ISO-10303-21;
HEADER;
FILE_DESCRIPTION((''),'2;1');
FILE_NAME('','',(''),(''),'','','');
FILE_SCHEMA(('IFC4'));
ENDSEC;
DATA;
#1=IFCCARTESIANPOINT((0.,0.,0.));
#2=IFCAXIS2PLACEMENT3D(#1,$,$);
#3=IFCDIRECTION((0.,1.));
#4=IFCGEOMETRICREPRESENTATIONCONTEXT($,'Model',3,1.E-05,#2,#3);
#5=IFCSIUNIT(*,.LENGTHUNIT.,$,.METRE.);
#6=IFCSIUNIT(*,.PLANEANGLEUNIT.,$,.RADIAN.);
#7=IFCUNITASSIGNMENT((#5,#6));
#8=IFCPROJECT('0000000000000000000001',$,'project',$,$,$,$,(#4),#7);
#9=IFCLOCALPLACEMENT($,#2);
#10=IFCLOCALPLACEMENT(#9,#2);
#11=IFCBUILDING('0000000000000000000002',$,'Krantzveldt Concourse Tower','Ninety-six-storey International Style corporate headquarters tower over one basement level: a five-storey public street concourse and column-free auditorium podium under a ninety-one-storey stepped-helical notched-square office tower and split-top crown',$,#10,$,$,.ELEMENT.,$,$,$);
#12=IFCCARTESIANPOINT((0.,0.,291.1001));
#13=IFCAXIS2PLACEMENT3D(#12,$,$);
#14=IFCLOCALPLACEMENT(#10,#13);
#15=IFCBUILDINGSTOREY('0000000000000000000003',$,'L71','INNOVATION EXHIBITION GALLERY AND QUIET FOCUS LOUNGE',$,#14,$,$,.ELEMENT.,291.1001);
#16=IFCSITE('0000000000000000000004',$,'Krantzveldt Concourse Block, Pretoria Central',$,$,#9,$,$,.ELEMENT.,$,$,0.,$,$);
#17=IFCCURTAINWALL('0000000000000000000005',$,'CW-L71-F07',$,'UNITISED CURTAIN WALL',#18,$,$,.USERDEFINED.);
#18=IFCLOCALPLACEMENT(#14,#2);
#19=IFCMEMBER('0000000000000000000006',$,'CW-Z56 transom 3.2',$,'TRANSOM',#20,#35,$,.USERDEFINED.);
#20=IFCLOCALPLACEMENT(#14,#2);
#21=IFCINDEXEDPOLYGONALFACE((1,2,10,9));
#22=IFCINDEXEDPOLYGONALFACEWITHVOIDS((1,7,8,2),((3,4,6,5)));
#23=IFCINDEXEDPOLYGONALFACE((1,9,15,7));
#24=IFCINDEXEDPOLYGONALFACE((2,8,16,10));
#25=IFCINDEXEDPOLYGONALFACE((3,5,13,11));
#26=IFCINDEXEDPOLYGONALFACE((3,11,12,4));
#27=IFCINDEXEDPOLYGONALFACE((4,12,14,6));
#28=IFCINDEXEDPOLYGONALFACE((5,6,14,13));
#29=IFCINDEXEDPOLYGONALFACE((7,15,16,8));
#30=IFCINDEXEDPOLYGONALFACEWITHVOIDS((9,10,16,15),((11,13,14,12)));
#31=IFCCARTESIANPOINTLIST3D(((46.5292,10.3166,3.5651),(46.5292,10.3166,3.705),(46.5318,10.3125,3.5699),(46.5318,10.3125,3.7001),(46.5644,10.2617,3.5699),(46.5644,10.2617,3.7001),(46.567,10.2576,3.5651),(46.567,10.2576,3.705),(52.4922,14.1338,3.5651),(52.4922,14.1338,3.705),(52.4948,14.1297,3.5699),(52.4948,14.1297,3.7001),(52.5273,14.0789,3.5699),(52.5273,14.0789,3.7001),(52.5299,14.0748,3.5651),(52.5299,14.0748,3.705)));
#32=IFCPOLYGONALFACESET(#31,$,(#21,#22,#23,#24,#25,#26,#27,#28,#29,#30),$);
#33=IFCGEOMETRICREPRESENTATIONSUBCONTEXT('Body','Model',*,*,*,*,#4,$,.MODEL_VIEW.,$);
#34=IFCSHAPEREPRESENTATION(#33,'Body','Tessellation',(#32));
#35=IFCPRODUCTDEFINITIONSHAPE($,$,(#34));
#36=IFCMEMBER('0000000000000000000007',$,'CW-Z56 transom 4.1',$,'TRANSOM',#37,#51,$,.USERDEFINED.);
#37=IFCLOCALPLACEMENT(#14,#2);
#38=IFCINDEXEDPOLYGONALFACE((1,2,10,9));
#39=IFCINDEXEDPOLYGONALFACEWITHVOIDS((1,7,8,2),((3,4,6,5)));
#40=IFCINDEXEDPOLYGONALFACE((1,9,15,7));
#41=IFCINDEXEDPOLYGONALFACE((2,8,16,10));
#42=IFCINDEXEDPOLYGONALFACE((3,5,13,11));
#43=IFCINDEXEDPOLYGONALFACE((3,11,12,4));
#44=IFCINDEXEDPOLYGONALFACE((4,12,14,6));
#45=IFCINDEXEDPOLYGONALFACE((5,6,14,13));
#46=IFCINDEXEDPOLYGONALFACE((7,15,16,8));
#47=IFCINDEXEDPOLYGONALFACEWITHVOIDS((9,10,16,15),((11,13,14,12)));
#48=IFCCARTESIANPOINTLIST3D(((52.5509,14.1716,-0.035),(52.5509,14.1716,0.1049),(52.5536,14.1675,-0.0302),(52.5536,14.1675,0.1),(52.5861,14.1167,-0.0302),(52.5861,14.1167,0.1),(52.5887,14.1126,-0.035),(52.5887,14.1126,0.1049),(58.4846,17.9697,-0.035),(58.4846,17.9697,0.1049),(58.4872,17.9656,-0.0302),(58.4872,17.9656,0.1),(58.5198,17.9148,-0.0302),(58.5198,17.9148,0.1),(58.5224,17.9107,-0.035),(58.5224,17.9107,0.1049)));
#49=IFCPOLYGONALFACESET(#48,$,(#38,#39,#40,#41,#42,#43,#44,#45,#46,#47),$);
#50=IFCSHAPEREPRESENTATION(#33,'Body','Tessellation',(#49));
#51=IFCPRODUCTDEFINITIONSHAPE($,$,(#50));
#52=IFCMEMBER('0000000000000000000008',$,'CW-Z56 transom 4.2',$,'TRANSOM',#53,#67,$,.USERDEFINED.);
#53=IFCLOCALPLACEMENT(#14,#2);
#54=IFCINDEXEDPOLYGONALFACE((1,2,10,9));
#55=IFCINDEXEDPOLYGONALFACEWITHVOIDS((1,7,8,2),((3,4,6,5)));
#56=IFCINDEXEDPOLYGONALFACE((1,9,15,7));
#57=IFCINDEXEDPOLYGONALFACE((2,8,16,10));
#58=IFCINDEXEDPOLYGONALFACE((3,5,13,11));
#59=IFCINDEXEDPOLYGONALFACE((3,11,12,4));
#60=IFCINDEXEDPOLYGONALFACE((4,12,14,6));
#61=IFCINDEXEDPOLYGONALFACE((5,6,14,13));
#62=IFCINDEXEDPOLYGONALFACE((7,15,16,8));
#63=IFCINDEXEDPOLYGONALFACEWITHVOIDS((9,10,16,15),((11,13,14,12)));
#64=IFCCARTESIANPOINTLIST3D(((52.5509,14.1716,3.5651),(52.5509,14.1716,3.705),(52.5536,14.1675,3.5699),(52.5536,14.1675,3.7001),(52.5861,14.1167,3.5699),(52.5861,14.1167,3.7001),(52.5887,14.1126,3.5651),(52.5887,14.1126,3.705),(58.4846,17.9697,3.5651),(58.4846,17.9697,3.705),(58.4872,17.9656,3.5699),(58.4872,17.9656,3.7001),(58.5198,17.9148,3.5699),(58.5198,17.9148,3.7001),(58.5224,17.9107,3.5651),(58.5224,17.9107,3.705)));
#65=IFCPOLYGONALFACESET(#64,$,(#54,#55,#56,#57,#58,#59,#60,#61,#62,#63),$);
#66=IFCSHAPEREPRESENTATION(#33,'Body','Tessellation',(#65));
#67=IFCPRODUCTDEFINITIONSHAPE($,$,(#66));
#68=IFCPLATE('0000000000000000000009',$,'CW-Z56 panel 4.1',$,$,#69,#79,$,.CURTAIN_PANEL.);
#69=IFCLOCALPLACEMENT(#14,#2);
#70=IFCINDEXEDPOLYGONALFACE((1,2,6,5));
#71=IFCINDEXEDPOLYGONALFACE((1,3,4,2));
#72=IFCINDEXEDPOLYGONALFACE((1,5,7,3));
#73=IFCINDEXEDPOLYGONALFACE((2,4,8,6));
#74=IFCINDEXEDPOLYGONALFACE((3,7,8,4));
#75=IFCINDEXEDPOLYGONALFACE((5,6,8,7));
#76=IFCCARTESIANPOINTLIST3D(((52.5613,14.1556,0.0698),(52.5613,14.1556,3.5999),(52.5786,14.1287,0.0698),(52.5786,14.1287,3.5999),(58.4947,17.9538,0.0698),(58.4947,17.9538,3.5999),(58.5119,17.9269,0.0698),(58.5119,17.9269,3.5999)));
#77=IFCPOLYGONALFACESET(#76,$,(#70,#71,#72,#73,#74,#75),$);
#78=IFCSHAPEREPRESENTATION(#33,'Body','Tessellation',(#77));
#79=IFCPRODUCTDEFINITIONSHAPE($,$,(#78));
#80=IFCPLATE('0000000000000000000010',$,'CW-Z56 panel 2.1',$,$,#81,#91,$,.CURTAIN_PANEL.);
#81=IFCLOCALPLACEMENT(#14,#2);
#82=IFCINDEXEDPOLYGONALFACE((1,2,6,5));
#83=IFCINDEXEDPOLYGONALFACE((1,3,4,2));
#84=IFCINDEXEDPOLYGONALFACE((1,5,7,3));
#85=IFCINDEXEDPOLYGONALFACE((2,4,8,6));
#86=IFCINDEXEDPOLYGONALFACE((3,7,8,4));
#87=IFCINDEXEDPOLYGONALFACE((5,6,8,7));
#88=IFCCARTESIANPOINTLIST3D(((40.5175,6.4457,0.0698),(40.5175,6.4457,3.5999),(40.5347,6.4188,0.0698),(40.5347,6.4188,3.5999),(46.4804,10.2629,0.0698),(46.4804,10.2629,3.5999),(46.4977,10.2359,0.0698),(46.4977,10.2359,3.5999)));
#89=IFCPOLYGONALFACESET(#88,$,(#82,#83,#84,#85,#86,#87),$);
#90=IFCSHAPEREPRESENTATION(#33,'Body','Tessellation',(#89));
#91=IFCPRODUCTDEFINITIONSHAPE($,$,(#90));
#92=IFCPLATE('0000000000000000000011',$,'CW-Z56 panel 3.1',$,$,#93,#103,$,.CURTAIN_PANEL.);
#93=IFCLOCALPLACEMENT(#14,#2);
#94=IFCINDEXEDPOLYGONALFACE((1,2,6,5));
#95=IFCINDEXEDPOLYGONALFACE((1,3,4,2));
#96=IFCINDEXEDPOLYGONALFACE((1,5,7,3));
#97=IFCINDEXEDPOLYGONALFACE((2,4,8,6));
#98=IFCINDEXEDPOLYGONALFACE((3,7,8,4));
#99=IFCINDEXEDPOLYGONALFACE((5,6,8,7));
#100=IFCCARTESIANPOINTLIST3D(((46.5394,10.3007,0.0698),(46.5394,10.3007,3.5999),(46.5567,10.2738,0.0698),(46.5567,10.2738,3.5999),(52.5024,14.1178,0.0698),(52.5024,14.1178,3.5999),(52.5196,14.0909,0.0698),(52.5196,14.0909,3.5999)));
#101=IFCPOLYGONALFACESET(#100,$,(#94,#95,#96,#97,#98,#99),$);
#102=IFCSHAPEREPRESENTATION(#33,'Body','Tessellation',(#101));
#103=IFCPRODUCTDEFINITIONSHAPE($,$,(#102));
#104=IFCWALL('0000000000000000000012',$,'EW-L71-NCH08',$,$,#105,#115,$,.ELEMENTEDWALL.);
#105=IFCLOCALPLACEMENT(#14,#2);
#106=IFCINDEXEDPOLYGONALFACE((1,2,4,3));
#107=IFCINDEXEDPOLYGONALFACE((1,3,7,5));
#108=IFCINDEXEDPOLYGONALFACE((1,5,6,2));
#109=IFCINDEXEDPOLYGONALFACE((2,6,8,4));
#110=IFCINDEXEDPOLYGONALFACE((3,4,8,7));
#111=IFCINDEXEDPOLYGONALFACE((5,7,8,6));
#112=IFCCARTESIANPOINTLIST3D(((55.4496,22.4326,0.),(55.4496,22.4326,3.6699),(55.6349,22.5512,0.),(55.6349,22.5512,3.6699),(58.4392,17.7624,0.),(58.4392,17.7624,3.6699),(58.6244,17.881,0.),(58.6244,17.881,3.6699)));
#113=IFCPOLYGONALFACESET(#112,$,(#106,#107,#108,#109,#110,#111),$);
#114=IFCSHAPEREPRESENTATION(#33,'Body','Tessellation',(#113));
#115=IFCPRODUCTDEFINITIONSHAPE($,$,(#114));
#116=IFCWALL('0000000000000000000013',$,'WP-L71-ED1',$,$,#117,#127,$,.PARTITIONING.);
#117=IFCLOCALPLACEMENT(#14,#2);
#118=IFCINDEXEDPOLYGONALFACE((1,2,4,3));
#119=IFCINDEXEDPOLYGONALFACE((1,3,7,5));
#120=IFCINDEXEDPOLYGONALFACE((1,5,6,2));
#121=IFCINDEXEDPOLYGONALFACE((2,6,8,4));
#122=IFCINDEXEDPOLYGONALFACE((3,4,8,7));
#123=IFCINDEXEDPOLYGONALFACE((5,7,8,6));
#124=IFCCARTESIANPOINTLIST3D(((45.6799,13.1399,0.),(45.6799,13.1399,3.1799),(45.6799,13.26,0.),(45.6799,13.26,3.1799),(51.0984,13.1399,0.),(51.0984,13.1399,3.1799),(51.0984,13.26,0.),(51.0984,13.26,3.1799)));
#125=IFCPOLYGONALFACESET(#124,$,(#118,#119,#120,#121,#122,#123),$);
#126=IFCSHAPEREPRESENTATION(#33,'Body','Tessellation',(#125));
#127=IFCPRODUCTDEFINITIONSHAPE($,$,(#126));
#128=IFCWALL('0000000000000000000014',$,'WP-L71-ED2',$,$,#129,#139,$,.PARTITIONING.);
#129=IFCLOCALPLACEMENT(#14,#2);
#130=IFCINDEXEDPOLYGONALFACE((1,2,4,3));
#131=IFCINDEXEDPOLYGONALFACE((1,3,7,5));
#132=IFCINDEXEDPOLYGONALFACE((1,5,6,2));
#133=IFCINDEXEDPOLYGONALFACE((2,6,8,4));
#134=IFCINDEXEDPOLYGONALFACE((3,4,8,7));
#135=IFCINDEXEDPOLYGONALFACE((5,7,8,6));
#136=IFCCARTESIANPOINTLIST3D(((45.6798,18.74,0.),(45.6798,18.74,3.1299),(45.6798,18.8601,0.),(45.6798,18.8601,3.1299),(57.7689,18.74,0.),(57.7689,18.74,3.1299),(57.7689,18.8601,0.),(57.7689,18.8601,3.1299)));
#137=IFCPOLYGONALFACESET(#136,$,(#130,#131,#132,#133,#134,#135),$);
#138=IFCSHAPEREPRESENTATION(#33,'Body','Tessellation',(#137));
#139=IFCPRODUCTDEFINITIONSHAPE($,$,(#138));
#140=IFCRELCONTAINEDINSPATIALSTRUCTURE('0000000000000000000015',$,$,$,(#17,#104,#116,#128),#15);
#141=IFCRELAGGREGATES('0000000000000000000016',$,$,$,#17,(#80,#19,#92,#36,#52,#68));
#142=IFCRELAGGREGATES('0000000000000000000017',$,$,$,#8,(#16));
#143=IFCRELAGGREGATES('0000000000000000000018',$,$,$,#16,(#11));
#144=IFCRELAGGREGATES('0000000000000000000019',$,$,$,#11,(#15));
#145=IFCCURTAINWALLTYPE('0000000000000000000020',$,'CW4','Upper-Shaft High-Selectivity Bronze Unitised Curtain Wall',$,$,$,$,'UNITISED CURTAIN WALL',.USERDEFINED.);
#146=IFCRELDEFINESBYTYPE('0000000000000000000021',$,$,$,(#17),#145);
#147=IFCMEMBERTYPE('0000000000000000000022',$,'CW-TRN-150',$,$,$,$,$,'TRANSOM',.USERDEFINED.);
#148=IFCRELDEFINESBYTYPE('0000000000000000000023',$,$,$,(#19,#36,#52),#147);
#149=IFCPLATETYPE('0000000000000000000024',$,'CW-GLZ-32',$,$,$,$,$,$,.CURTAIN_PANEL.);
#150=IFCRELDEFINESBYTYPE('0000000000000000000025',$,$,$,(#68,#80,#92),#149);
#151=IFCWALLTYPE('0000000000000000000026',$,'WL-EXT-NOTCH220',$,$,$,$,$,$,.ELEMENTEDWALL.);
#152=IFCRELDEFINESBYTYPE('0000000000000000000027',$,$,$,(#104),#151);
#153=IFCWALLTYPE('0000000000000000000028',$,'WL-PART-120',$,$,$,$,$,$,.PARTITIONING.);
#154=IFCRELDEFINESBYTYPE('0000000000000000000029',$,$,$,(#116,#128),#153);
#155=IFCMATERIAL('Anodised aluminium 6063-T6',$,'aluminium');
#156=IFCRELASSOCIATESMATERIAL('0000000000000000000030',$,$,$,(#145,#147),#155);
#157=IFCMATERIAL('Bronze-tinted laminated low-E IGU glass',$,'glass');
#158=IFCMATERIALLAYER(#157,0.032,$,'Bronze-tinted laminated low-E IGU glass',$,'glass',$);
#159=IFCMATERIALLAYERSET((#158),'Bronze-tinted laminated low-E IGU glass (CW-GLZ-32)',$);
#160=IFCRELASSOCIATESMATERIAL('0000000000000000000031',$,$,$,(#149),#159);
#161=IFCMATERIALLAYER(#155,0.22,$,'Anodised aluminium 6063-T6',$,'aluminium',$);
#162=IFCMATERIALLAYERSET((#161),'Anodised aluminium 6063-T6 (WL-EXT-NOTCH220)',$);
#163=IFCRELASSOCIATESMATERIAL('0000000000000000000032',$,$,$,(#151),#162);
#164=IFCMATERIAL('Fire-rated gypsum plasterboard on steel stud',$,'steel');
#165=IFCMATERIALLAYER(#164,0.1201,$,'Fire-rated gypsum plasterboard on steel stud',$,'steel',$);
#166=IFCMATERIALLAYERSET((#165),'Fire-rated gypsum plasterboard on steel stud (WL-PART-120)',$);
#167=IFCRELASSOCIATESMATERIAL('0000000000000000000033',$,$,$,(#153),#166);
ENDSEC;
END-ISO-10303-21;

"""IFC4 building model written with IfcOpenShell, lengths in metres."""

from ifc_helpers import new_model, si_unit, direction, frame, frame_2d, origin, origin_2d, place, context, subcontext, project, spatial, rectangle, hollow_rectangle, extrude, source, transform, mapped, material, layer, layer_set, material_profile, profile_set, type_object, type_shapes, element, aggregate, save


model = new_model("IFC4")

# Units and contexts
model_context = context("Model", 3, precision=1e-05, world=origin(), true_north=direction((0.0, 1.0)))
body_context = subcontext(model_context, "Body", "Model", "MODEL_VIEW")
ifc_project = project(units=[si_unit("LENGTHUNIT", "METRE"), si_unit("PLANEANGLEUNIT", "RADIAN")], contexts=[model_context])

# Site, building, storey
site_placement = place(None, origin())
site = spatial("IfcSite", under=ifc_project, at=site_placement, Name="Krantzveldt Concourse Block, Pretoria Central", CompositionType="ELEMENT", RefElevation=0.0)
building_placement = place(site_placement, origin())
building = spatial("IfcBuilding", under=site, at=building_placement, Name="Krantzveldt Concourse Tower", Description="Ninety-six-storey International Style corporate headquarters tower over one basement level: a five-storey public street concourse and column-free auditorium podium under a ninety-one-storey stepped-helical notched-square office tower and split-top crown", CompositionType="ELEMENT")
storey_placement = place(building_placement, frame((0.0, 0.0, 291.1001)))
storey = spatial("IfcBuildingStorey", under=building, at=storey_placement, Name="L71", Description="INNOVATION EXHIBITION GALLERY AND QUIET FOCUS LOUNGE", CompositionType="ELEMENT", Elevation=291.1001)

# Curtain wall, members, plates
ifc_material_1 = material(Name="Anodised aluminium 6063-T6", Category="aluminium")
curtain_wall_type = type_object("IfcCurtainWallType", Name="CW4", Description="Upper-Shaft High-Selectivity Bronze Unitised Curtain Wall", ElementType="UNITISED CURTAIN WALL", PredefinedType="USERDEFINED", material=ifc_material_1)
curtain_wall_placement = place(storey_placement, origin())
curtain_wall = element("IfcCurtainWall", 1, at=curtain_wall_placement, inside=storey, type_object=curtain_wall_type, Name="CW-L71-F07", ObjectType="UNITISED CURTAIN WALL", PredefinedType="USERDEFINED")
ifc_material_profile_1 = material_profile(ifc_material_1, hollow_rectangle(XDim=0.0701, YDim=0.1399, WallThickness=0.0049, at=origin_2d()), Name="Anodised aluminium 6063-T6", Category="aluminium")
ifc_profile_set_1 = profile_set([ifc_material_profile_1], Name="Anodised aluminium 6063-T6 - ALU-TRAN 140x70x5")
member_type_1 = type_object("IfcMemberType", Name="CW-TRN-150", ElementType="TRANSOM", PredefinedType="USERDEFINED", material=ifc_profile_set_1)
shared_shape_1 = source(origin(), body_context, "Body", "SweptSolid", [
    extrude(hollow_rectangle(XDim=0.0701, YDim=0.1399, WallThickness=0.0049, at=origin_2d()), origin(), (0.0, 0.0, 1.0), 7.0801),
])
member_1_placement = place(storey_placement, frame((46.5481, 10.2871, 3.635), z_axis=(0.842214, 0.539143, 0.0), x_axis=(-0.539143, 0.842214, 0.0)))
member_1 = element("IfcMember", 2, at=member_1_placement, type_object=member_type_1, Name="CW-Z56 transom 3.2", ObjectType="TRANSOM", PredefinedType="USERDEFINED", context=body_context, shape_type="MappedRepresentation", body=[
    mapped(shared_shape_1, transform((0.0, 0.0, 0.0), x_axis=(1.0, 0.0, 0.0), y_axis=(0.0, 1.0, 0.0), z_axis=(0.0, 0.0, 1.0), scale=1.0)),
])
shared_shape_2 = source(origin(), body_context, "Body", "SweptSolid", [
    extrude(hollow_rectangle(XDim=0.0701, YDim=0.1399, WallThickness=0.0049, at=origin_2d()), origin(), (0.0, 0.0, 1.0), 7.0452),
])
type_shapes(member_type_1, [shared_shape_1, shared_shape_2])
member_2_placement = place(storey_placement, frame((52.5698, 14.1421, 0.0349), z_axis=(0.842233, 0.539114, 0.0), x_axis=(-0.539114, 0.842233, 0.0)))
member_2 = element("IfcMember", 3, at=member_2_placement, type_object=member_type_1, Name="CW-Z56 transom 4.1", ObjectType="TRANSOM", PredefinedType="USERDEFINED", context=body_context, shape_type="MappedRepresentation", body=[
    mapped(shared_shape_2, transform((0.0, 0.0, 0.0), x_axis=(1.0, 0.0, 0.0), y_axis=(0.0, 1.0, 0.0), z_axis=(0.0, 0.0, 1.0), scale=1.0)),
])
member_3_placement = place(storey_placement, frame((52.5698, 14.1421, 3.635), z_axis=(0.842233, 0.539114, 0.0), x_axis=(-0.539114, 0.842233, 0.0)))
member_3 = element("IfcMember", 4, at=member_3_placement, type_object=member_type_1, Name="CW-Z56 transom 4.2", ObjectType="TRANSOM", PredefinedType="USERDEFINED", context=body_context, shape_type="MappedRepresentation", body=[
    mapped(shared_shape_2, transform((0.0, 0.0, 0.0), x_axis=(1.0, 0.0, 0.0), y_axis=(0.0, 1.0, 0.0), z_axis=(0.0, 0.0, 1.0), scale=1.0)),
])
ifc_material_2 = material(Name="Bronze-tinted laminated low-E IGU glass", Category="glass")
ifc_layer_1 = layer(ifc_material_2, 0.032, Name="Bronze-tinted laminated low-E IGU glass", Category="glass")
ifc_layer_set_1 = layer_set([ifc_layer_1], Name="Bronze-tinted laminated low-E IGU glass (CW-GLZ-32)")
plate_type = type_object("IfcPlateType", Name="CW-GLZ-32", PredefinedType="CURTAIN_PANEL", material=ifc_layer_set_1)
shared_shape_3 = source(origin(), body_context, "Body", "SweptSolid", [
    extrude(rectangle(XDim=7.0449, YDim=0.032, at=origin_2d()), origin(), (0.0, 0.0, 1.0), 3.53),
])
plate_1_placement = place(storey_placement, frame((55.5366, 16.0413, 0.0698), z_axis=(0.0, 0.0, 1.0), x_axis=(0.842217, 0.539138, 0.0)))
plate_1 = element("IfcPlate", 5, at=plate_1_placement, type_object=plate_type, Name="CW-Z56 panel 4.1", PredefinedType="CURTAIN_PANEL", context=body_context, shape_type="MappedRepresentation", body=[
    mapped(shared_shape_3, transform((0.0, 0.0, 0.0), x_axis=(1.0, 0.0, 0.0), y_axis=(0.0, 1.0, 0.0), z_axis=(0.0, 0.0, 1.0), scale=1.0)),
])
shared_shape_4 = source(origin(), body_context, "Body", "SweptSolid", [
    extrude(rectangle(XDim=7.0801, YDim=0.032, at=origin_2d()), origin(), (0.0, 0.0, 1.0), 3.53),
])
type_shapes(plate_type, [shared_shape_3, shared_shape_4])
plate_2_placement = place(storey_placement, frame((43.5076, 8.3408, 0.0698), z_axis=(0.0, 0.0, 1.0), x_axis=(0.842217, 0.539138, 0.0)))
plate_2 = element("IfcPlate", 6, at=plate_2_placement, type_object=plate_type, Name="CW-Z56 panel 2.1", PredefinedType="CURTAIN_PANEL", context=body_context, shape_type="MappedRepresentation", body=[
    mapped(shared_shape_4, transform((0.0, 0.0, 0.0), x_axis=(1.0, 0.0, 0.0), y_axis=(0.0, 1.0, 0.0), z_axis=(0.0, 0.0, 1.0), scale=1.0)),
])
plate_3_placement = place(storey_placement, frame((49.5295, 12.1958, 0.0698), z_axis=(0.0, 0.0, 1.0), x_axis=(0.842217, 0.539138, 0.0)))
plate_3 = element("IfcPlate", 7, at=plate_3_placement, type_object=plate_type, Name="CW-Z56 panel 3.1", PredefinedType="CURTAIN_PANEL", context=body_context, shape_type="MappedRepresentation", body=[
    mapped(shared_shape_4, transform((0.0, 0.0, 0.0), x_axis=(1.0, 0.0, 0.0), y_axis=(0.0, 1.0, 0.0), z_axis=(0.0, 0.0, 1.0), scale=1.0)),
])
aggregate(curtain_wall, [plate_2, member_1, plate_3, member_2, member_3, plate_1])

# Walls
ifc_layer_2 = layer(ifc_material_1, 0.22, Name="Anodised aluminium 6063-T6", Category="aluminium")
ifc_layer_set_2 = layer_set([ifc_layer_2], Name="Anodised aluminium 6063-T6 (WL-EXT-NOTCH220)")
wall_type_1 = type_object("IfcWallType", Name="WL-EXT-NOTCH220", PredefinedType="ELEMENTEDWALL", material=ifc_layer_set_2)
wall_1_placement = place(storey_placement, frame((58.5317, 17.8218, 0.0), z_axis=(0.0, 0.0, 1.0), x_axis=(-0.53913, 0.842223, 0.0)))
element("IfcWall", 8, at=wall_1_placement, inside=storey, type_object=wall_type_1, Name="EW-L71-NCH08", PredefinedType="ELEMENTEDWALL", context=body_context, shape_type="SweptSolid", body=[
    extrude(rectangle(XDim=5.5452, YDim=0.22, at=frame_2d((2.7725, 0.0))), origin(), (0.0, 0.0, 1.0), 3.6699),
])
ifc_material_3 = material(Name="Fire-rated gypsum plasterboard on steel stud", Category="steel")
ifc_layer_3 = layer(ifc_material_3, 0.1201, Name="Fire-rated gypsum plasterboard on steel stud", Category="steel")
ifc_layer_set_3 = layer_set([ifc_layer_3], Name="Fire-rated gypsum plasterboard on steel stud (WL-PART-120)")
wall_type_2 = type_object("IfcWallType", Name="WL-PART-120", PredefinedType="PARTITIONING", material=ifc_layer_set_3)
wall_2_placement = place(storey_placement, frame((45.6799, 13.2, 0.0), z_axis=(0.0, 0.0, 1.0), x_axis=(1.0, 0.0, 0.0)))
element("IfcWall", 9, at=wall_2_placement, inside=storey, type_object=wall_type_2, Name="WP-L71-ED1", PredefinedType="PARTITIONING", context=body_context, shape_type="SweptSolid", body=[
    extrude(rectangle(XDim=5.4185, YDim=0.1201, at=frame_2d((2.7092, 0.0))), origin(), (0.0, 0.0, 1.0), 3.1799),
])
wall_3_placement = place(storey_placement, frame((45.6799, 18.8, 0.0), z_axis=(0.0, 0.0, 1.0), x_axis=(1.0, 0.0, 0.0)))
element("IfcWall", 10, at=wall_3_placement, inside=storey, type_object=wall_type_2, Name="WP-L71-ED2", PredefinedType="PARTITIONING", context=body_context, shape_type="SweptSolid", body=[
    extrude(rectangle(XDim=12.0891, YDim=0.1201, at=frame_2d((6.0444, 0.0))), origin(), (0.0, 0.0, 1.0), 3.1299),
])

save(model, "model.ifc")
